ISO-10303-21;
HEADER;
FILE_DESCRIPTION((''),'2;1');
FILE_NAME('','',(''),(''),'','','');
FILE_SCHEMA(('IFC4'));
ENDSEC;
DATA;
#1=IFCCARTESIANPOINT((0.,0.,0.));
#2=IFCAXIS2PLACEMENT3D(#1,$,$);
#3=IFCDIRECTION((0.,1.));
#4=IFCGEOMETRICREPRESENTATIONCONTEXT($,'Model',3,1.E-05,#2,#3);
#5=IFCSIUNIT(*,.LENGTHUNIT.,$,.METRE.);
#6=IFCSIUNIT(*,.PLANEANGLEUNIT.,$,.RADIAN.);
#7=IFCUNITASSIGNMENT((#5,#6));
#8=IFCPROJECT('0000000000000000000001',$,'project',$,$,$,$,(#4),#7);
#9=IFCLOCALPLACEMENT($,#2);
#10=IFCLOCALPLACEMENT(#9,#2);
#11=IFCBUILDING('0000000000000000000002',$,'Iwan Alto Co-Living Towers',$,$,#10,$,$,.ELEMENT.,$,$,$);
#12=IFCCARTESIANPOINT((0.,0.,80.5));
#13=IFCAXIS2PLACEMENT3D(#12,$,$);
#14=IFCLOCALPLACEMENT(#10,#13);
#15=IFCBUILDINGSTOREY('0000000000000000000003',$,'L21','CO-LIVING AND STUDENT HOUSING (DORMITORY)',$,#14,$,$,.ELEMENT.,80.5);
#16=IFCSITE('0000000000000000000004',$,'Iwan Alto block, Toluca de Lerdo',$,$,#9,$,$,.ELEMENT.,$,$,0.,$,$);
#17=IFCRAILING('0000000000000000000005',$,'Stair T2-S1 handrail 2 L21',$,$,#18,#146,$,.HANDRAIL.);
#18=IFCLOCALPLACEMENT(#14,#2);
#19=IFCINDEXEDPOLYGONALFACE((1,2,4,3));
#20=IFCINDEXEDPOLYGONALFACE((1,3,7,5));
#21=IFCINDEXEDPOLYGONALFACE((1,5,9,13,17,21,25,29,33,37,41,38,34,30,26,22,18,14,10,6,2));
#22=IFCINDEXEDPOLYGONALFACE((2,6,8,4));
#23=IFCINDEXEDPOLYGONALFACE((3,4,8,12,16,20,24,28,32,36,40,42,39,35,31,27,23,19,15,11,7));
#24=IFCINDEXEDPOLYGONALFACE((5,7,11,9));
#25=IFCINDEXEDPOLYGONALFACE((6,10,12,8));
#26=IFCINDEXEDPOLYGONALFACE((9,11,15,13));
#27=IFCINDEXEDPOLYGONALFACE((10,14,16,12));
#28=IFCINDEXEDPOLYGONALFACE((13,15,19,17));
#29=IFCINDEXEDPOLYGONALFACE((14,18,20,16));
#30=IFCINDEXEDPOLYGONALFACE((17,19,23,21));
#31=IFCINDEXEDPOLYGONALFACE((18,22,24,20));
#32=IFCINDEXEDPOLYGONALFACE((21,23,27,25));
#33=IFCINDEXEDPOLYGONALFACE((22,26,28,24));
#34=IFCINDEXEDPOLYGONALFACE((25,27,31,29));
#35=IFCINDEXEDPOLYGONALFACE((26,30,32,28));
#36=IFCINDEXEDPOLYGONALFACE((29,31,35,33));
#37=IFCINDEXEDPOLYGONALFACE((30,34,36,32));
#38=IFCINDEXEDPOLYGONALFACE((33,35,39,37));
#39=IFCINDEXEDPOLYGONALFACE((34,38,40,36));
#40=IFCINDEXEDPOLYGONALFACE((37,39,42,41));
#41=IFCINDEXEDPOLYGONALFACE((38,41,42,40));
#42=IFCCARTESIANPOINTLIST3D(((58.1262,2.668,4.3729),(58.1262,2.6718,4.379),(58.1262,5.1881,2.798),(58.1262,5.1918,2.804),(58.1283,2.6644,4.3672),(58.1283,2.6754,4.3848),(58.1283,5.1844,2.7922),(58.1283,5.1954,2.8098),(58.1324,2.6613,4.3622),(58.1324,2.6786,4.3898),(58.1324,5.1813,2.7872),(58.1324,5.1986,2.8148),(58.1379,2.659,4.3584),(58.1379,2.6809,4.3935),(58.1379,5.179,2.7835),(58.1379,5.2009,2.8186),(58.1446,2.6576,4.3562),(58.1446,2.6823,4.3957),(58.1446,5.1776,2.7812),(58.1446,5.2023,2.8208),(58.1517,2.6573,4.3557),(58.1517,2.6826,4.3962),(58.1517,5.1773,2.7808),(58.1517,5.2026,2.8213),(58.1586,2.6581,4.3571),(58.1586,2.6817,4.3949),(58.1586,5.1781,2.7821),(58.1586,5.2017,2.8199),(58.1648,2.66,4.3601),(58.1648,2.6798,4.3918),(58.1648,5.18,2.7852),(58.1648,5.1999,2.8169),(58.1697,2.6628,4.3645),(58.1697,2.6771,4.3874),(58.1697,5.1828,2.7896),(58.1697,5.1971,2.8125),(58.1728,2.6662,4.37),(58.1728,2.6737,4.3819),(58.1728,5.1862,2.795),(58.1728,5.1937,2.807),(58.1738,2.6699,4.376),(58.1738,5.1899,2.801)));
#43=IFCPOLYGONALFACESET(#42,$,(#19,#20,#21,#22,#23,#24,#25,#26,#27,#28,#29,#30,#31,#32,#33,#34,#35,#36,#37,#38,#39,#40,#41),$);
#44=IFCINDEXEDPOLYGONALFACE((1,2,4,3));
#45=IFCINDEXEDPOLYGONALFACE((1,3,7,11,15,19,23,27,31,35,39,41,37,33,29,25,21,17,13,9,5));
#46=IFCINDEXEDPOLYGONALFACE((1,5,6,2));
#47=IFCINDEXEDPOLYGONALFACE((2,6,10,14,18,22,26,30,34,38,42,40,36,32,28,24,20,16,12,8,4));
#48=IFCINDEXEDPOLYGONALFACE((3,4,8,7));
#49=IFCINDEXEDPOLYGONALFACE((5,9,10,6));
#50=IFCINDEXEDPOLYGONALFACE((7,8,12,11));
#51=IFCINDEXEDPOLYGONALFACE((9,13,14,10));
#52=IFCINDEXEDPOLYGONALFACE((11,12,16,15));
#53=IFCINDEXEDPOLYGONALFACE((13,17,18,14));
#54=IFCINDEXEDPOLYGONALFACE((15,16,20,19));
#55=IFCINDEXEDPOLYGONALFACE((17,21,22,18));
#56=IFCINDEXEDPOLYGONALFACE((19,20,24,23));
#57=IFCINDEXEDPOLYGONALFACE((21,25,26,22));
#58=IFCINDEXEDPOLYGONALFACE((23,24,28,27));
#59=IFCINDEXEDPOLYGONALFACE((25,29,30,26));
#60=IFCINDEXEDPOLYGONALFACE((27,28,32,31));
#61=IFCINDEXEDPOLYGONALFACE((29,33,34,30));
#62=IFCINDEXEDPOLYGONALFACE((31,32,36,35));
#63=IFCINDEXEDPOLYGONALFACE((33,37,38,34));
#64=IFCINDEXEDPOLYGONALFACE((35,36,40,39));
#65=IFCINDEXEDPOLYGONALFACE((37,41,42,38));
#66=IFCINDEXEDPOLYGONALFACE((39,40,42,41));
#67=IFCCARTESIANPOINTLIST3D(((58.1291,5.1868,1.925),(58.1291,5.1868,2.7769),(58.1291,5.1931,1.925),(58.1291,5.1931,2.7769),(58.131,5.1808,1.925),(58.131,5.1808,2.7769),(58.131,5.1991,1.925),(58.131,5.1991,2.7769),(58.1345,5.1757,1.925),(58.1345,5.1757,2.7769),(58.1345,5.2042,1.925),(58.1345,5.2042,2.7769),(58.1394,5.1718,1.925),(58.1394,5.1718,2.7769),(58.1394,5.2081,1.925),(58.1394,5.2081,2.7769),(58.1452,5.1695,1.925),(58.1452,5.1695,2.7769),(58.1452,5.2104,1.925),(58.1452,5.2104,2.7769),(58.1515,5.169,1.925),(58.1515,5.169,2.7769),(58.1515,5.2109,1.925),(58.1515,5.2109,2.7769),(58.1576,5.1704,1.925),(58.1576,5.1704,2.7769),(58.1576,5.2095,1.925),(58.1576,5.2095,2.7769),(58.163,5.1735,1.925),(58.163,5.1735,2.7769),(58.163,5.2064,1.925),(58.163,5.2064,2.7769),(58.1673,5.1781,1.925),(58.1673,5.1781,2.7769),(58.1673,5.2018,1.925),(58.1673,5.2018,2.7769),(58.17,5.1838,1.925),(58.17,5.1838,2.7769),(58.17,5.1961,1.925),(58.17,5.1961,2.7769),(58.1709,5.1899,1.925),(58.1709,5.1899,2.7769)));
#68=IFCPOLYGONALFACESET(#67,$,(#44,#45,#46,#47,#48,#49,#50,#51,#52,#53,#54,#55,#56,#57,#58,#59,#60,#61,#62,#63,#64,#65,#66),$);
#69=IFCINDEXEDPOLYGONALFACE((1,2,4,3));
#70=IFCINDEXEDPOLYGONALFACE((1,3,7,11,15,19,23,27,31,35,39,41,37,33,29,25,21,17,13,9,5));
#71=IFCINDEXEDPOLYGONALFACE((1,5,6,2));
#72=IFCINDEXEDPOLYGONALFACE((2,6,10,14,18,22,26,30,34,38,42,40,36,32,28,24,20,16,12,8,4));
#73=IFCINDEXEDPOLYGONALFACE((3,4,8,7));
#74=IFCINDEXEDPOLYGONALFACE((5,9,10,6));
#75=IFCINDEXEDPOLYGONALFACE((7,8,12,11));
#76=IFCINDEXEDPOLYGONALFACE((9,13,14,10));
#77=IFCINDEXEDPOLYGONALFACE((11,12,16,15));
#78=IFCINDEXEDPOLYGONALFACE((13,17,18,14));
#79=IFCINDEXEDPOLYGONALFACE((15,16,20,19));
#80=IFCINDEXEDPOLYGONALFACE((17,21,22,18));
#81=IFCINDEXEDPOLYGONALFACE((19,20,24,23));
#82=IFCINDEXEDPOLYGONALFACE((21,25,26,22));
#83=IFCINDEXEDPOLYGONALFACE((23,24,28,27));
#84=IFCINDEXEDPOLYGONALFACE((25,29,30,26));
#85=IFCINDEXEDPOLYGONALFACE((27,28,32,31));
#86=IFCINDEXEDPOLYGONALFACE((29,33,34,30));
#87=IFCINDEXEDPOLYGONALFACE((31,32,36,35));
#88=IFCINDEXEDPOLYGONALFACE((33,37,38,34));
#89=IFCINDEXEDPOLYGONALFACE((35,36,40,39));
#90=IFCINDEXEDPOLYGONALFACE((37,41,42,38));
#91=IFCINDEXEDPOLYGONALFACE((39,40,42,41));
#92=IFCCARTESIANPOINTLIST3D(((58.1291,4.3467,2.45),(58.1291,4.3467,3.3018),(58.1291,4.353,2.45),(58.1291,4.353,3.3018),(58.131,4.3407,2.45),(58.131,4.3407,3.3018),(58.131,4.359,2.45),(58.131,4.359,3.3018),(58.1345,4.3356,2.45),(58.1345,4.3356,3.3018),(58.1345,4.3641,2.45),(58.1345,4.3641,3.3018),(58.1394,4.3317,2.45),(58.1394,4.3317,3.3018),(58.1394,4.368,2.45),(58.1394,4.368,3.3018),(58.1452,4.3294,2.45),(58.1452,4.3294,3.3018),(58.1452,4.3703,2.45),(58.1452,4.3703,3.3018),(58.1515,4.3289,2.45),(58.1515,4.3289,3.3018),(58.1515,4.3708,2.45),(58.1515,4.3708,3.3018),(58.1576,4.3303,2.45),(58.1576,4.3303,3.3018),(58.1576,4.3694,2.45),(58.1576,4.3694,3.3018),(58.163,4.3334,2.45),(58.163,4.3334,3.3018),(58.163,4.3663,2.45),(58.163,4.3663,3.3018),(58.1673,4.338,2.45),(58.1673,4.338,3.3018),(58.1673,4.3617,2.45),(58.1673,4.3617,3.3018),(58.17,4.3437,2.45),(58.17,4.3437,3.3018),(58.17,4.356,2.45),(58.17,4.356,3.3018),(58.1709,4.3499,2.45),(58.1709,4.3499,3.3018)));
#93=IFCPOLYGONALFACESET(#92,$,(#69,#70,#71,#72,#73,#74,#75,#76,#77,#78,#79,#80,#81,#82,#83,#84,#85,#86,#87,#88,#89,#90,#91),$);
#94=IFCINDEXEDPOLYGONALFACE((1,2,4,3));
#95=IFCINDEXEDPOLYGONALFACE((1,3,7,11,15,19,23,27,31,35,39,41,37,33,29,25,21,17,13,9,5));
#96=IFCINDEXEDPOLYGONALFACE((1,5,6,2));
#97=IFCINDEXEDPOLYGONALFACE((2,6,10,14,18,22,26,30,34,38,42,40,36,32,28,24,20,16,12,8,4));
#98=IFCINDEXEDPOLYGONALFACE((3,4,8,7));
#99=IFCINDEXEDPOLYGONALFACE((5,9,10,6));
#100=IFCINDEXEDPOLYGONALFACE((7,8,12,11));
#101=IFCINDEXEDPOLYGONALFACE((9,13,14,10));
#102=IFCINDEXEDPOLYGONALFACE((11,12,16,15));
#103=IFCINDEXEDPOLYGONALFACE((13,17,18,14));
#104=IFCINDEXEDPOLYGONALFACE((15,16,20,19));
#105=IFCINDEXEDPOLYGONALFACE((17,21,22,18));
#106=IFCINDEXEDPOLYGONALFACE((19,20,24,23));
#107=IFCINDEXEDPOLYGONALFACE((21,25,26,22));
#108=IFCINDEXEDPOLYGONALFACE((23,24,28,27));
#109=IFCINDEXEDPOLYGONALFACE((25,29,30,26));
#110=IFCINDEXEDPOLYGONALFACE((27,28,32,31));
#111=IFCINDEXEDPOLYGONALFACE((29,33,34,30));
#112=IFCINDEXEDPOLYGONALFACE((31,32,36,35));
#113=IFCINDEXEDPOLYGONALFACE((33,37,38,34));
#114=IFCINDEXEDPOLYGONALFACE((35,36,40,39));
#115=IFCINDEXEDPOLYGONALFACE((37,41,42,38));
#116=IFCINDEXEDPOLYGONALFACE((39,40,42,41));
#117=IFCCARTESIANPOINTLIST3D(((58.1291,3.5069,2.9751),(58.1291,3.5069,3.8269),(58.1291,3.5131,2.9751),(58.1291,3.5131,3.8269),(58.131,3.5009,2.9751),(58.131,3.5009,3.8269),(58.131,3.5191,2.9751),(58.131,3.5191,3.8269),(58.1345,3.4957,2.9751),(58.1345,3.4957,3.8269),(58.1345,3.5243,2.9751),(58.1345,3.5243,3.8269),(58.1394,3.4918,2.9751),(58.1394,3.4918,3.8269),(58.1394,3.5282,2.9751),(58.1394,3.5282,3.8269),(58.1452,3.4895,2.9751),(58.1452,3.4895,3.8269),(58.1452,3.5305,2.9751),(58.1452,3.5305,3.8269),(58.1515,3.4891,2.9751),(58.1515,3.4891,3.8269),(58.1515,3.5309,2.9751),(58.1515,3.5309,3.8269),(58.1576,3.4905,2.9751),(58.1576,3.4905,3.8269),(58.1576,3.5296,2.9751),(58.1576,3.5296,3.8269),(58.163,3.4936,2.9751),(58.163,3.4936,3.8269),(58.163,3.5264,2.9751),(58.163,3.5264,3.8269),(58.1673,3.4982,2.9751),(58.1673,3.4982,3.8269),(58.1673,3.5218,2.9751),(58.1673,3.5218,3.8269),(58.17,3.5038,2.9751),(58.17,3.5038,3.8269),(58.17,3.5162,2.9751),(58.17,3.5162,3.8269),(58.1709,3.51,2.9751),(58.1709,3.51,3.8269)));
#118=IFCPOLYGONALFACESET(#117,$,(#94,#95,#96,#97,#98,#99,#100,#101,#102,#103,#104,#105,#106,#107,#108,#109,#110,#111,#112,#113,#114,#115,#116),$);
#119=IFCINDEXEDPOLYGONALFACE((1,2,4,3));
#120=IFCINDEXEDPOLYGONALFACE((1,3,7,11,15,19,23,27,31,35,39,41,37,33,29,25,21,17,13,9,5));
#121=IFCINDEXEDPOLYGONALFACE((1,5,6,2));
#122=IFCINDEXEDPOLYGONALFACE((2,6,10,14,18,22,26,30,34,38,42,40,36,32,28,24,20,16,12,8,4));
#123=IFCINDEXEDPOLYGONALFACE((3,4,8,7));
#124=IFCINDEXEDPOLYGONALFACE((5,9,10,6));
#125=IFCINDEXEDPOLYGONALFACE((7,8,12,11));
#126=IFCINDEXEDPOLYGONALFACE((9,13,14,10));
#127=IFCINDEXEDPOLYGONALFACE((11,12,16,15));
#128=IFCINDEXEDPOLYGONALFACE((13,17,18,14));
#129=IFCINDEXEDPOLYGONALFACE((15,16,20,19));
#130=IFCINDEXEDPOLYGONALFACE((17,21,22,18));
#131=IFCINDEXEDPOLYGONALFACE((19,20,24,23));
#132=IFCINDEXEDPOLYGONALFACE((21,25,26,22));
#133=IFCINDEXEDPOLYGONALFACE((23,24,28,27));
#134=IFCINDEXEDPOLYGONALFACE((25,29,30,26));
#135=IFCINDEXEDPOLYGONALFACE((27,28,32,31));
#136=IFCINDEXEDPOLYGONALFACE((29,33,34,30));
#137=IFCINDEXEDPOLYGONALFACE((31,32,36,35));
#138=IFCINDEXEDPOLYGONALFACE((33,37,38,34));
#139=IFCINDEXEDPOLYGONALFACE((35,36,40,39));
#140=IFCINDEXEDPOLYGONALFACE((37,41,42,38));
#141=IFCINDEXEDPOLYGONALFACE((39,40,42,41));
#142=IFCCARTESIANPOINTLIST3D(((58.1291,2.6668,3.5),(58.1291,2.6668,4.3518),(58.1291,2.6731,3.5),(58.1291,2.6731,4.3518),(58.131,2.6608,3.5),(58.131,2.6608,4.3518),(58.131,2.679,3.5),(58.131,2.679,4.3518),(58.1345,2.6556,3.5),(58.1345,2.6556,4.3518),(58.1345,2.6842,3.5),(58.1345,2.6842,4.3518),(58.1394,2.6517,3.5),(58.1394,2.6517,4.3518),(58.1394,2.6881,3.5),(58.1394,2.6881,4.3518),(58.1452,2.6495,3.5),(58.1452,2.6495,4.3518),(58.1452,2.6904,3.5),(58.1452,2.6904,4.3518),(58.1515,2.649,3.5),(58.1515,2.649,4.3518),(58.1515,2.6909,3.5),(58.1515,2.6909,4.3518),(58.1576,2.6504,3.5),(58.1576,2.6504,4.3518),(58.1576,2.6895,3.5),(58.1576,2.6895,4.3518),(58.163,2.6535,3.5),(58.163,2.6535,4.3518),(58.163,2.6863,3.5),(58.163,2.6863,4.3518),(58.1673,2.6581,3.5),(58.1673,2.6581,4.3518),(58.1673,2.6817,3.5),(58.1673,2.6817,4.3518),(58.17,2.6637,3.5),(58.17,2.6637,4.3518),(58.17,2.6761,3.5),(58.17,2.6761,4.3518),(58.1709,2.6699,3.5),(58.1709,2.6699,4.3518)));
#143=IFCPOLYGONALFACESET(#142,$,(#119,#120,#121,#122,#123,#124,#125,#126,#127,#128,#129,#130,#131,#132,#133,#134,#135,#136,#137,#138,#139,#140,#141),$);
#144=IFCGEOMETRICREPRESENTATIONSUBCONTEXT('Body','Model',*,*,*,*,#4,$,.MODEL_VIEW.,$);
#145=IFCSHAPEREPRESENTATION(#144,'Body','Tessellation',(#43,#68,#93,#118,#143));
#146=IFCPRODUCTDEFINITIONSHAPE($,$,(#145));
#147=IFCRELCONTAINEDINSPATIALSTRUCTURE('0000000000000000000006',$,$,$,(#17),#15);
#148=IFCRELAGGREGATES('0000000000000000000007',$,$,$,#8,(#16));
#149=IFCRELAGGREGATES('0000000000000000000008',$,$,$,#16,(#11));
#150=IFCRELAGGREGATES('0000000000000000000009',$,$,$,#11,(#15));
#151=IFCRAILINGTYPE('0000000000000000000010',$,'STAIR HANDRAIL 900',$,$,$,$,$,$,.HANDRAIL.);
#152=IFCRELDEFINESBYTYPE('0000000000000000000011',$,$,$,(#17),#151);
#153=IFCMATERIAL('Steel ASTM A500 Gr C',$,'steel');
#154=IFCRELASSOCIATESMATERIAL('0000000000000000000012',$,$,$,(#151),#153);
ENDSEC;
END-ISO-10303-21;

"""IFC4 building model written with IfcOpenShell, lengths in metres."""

from ifc_helpers import new_model, si_unit, direction, frame, origin, origin_2d, place, context, subcontext, project, spatial, circle, extrude, material, type_object, element, save


model = new_model("IFC4")

# Units and contexts
model_context = context("Model", 3, precision=1e-05, world=origin(), true_north=direction((0.0, 1.0)))
body_context = subcontext(model_context, "Body", "Model", "MODEL_VIEW")
ifc_project = project(units=[si_unit("LENGTHUNIT", "METRE"), si_unit("PLANEANGLEUNIT", "RADIAN")], contexts=[model_context])

# Site, building, storey
site_placement = place(None, origin())
site = spatial("IfcSite", under=ifc_project, at=site_placement, Name="Iwan Alto block, Toluca de Lerdo", CompositionType="ELEMENT", RefElevation=0.0)
building_placement = place(site_placement, origin())
building = spatial("IfcBuilding", under=site, at=building_placement, Name="Iwan Alto Co-Living Towers", CompositionType="ELEMENT")
storey_placement = place(building_placement, frame((0.0, 0.0, 80.5)))
storey = spatial("IfcBuildingStorey", under=building, at=storey_placement, Name="L21", Description="CO-LIVING AND STUDENT HOUSING (DORMITORY)", CompositionType="ELEMENT", Elevation=80.5)

# Railing
ifc_material_1 = material(Name="Steel ASTM A500 Gr C", Category="steel")
railing_type_1 = type_object("IfcRailingType", Name="STAIR HANDRAIL 900", PredefinedType="HANDRAIL", material=ifc_material_1)
railing_1_placement = place(storey_placement, frame((58.1499, 5.1899, 1.925)))
element("IfcRailing", 1, at=railing_1_placement, inside=storey, type_object=railing_type_1, Name="Stair T2-S1 handrail 2 L21", PredefinedType="HANDRAIL", context=body_context, shape_type="SweptSolid", body=[
    extrude(circle(Radius=0.0239, at=origin_2d()), frame((0.0, 0.0, 0.876), z_axis=(0.0, -0.848008, 0.529984), x_axis=(1.0, 0.0, 0.0)), (0.0, 0.0, 1.0), 2.9717),
    extrude(circle(Radius=0.021, at=origin_2d()), origin(), (0.0, 0.0, 1.0), 0.8518),
    extrude(circle(Radius=0.021, at=origin_2d()), frame((0.0, -0.8401, 0.5249)), (0.0, 0.0, 1.0), 0.8518),
    extrude(circle(Radius=0.021, at=origin_2d()), frame((0.0, -1.6799, 1.05)), (0.0, 0.0, 1.0), 0.8518),
    extrude(circle(Radius=0.021, at=origin_2d()), frame((0.0, -2.52, 1.575)), (0.0, 0.0, 1.0), 0.8518),
])

save(model, "model.ifc")
